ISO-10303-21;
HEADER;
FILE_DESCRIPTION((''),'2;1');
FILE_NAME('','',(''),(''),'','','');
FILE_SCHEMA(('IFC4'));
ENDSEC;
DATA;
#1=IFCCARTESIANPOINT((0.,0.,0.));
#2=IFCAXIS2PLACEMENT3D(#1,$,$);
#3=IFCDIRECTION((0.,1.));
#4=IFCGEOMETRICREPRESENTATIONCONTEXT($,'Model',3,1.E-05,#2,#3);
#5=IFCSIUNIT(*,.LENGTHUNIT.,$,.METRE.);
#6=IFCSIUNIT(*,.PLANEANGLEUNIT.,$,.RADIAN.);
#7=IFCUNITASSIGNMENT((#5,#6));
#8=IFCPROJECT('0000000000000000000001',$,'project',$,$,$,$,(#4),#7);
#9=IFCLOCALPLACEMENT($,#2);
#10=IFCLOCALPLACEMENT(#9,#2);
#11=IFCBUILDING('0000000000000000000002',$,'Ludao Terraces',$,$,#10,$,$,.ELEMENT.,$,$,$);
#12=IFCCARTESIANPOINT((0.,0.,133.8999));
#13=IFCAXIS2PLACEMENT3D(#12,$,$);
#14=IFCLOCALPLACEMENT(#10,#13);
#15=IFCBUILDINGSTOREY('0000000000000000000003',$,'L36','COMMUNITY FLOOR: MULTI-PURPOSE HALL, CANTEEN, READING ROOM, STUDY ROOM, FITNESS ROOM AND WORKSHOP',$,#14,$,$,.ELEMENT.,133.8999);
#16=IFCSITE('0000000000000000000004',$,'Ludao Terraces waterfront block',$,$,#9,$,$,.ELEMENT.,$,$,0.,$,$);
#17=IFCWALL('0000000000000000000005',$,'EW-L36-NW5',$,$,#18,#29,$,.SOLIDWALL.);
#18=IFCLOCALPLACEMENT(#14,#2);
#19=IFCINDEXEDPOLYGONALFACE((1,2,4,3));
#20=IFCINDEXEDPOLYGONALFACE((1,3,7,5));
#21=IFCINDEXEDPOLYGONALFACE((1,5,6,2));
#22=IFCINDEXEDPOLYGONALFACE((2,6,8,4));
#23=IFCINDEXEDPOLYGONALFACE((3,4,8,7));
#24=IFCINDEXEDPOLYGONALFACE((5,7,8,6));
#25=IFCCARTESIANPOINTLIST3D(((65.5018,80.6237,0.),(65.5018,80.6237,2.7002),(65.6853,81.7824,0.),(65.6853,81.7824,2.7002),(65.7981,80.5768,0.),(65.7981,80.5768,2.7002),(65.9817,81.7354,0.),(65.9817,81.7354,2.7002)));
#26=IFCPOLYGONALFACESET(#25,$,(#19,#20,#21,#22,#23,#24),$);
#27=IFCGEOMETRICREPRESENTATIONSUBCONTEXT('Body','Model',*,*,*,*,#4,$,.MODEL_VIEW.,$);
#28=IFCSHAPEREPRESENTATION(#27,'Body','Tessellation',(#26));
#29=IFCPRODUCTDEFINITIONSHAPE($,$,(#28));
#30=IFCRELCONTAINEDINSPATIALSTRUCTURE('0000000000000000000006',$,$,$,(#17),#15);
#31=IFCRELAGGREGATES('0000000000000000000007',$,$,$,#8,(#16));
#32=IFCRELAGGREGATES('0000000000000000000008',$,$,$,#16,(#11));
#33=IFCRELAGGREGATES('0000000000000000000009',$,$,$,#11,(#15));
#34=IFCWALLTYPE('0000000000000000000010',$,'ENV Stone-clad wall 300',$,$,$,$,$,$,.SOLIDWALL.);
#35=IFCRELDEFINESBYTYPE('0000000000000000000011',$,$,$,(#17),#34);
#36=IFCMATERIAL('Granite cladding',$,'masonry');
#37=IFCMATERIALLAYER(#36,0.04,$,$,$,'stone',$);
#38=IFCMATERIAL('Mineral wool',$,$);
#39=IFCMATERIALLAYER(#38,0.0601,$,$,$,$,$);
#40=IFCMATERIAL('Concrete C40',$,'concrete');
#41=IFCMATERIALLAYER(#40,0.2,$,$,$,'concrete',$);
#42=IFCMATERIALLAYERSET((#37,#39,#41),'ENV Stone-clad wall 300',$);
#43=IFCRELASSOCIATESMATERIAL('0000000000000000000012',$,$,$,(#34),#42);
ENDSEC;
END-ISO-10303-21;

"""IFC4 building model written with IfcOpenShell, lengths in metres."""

from ifc_helpers import new_model, si_unit, direction, frame, frame_2d, origin, place, context, subcontext, project, spatial, rectangle, extrude, material, layer, layer_set, type_object, element, save


model = new_model("IFC4")

# Units and contexts
model_context = context("Model", 3, precision=1e-05, world=origin(), true_north=direction((0.0, 1.0)))
body_context = subcontext(model_context, "Body", "Model", "MODEL_VIEW")
ifc_project = project(units=[si_unit("LENGTHUNIT", "METRE"), si_unit("PLANEANGLEUNIT", "RADIAN")], contexts=[model_context])

# Site, building, storey
site_placement = place(None, origin())
site = spatial("IfcSite", under=ifc_project, at=site_placement, Name="Ludao Terraces waterfront block", CompositionType="ELEMENT", RefElevation=0.0)
building_placement = place(site_placement, origin())
building = spatial("IfcBuilding", under=site, at=building_placement, Name="Ludao Terraces", CompositionType="ELEMENT")
storey_placement = place(building_placement, frame((0.0, 0.0, 133.8999)))
storey = spatial("IfcBuildingStorey", under=building, at=storey_placement, Name="L36", Description="COMMUNITY FLOOR: MULTI-PURPOSE HALL, CANTEEN, READING ROOM, STUDY ROOM, FITNESS ROOM AND WORKSHOP", CompositionType="ELEMENT", Elevation=133.8999)

# Shared definitions
ifc_material_1 = material(Name="Concrete C40", Category="concrete")

# Shared definitions
ifc_material_2 = material(Name="Granite cladding", Category="masonry")
ifc_layer_1 = layer(ifc_material_2, 0.04, Category="stone")
ifc_material_3 = material(Name="Mineral wool")
ifc_layer_2 = layer(ifc_material_3, 0.0601)
ifc_layer_3 = layer(ifc_material_1, 0.2, Category="concrete")
ifc_layer_set_1 = layer_set([ifc_layer_1, ifc_layer_2, ifc_layer_3], Name="ENV Stone-clad wall 300")
wall_type_1 = type_object("IfcWallType", Name="ENV Stone-clad wall 300", PredefinedType="SOLIDWALL", material=ifc_layer_set_1)

# Wall
wall_1_placement = place(storey_placement, frame((65.8335, 81.7588, 0.0), z_axis=(0.0, 0.0, 1.0), x_axis=(-0.156497, -0.987678, 0.0)))
element("IfcWall", 1, at=wall_1_placement, inside=storey, type_object=wall_type_1, Name="EW-L36-NW5", PredefinedType="SOLIDWALL", context=body_context, shape_type="SweptSolid", body=[
    extrude(rectangle(XDim=1.1731, YDim=0.3, at=frame_2d((0.5864, 0.0))), origin(), (0.0, 0.0, 1.0), 2.7002),
])

save(model, "model.ifc")
